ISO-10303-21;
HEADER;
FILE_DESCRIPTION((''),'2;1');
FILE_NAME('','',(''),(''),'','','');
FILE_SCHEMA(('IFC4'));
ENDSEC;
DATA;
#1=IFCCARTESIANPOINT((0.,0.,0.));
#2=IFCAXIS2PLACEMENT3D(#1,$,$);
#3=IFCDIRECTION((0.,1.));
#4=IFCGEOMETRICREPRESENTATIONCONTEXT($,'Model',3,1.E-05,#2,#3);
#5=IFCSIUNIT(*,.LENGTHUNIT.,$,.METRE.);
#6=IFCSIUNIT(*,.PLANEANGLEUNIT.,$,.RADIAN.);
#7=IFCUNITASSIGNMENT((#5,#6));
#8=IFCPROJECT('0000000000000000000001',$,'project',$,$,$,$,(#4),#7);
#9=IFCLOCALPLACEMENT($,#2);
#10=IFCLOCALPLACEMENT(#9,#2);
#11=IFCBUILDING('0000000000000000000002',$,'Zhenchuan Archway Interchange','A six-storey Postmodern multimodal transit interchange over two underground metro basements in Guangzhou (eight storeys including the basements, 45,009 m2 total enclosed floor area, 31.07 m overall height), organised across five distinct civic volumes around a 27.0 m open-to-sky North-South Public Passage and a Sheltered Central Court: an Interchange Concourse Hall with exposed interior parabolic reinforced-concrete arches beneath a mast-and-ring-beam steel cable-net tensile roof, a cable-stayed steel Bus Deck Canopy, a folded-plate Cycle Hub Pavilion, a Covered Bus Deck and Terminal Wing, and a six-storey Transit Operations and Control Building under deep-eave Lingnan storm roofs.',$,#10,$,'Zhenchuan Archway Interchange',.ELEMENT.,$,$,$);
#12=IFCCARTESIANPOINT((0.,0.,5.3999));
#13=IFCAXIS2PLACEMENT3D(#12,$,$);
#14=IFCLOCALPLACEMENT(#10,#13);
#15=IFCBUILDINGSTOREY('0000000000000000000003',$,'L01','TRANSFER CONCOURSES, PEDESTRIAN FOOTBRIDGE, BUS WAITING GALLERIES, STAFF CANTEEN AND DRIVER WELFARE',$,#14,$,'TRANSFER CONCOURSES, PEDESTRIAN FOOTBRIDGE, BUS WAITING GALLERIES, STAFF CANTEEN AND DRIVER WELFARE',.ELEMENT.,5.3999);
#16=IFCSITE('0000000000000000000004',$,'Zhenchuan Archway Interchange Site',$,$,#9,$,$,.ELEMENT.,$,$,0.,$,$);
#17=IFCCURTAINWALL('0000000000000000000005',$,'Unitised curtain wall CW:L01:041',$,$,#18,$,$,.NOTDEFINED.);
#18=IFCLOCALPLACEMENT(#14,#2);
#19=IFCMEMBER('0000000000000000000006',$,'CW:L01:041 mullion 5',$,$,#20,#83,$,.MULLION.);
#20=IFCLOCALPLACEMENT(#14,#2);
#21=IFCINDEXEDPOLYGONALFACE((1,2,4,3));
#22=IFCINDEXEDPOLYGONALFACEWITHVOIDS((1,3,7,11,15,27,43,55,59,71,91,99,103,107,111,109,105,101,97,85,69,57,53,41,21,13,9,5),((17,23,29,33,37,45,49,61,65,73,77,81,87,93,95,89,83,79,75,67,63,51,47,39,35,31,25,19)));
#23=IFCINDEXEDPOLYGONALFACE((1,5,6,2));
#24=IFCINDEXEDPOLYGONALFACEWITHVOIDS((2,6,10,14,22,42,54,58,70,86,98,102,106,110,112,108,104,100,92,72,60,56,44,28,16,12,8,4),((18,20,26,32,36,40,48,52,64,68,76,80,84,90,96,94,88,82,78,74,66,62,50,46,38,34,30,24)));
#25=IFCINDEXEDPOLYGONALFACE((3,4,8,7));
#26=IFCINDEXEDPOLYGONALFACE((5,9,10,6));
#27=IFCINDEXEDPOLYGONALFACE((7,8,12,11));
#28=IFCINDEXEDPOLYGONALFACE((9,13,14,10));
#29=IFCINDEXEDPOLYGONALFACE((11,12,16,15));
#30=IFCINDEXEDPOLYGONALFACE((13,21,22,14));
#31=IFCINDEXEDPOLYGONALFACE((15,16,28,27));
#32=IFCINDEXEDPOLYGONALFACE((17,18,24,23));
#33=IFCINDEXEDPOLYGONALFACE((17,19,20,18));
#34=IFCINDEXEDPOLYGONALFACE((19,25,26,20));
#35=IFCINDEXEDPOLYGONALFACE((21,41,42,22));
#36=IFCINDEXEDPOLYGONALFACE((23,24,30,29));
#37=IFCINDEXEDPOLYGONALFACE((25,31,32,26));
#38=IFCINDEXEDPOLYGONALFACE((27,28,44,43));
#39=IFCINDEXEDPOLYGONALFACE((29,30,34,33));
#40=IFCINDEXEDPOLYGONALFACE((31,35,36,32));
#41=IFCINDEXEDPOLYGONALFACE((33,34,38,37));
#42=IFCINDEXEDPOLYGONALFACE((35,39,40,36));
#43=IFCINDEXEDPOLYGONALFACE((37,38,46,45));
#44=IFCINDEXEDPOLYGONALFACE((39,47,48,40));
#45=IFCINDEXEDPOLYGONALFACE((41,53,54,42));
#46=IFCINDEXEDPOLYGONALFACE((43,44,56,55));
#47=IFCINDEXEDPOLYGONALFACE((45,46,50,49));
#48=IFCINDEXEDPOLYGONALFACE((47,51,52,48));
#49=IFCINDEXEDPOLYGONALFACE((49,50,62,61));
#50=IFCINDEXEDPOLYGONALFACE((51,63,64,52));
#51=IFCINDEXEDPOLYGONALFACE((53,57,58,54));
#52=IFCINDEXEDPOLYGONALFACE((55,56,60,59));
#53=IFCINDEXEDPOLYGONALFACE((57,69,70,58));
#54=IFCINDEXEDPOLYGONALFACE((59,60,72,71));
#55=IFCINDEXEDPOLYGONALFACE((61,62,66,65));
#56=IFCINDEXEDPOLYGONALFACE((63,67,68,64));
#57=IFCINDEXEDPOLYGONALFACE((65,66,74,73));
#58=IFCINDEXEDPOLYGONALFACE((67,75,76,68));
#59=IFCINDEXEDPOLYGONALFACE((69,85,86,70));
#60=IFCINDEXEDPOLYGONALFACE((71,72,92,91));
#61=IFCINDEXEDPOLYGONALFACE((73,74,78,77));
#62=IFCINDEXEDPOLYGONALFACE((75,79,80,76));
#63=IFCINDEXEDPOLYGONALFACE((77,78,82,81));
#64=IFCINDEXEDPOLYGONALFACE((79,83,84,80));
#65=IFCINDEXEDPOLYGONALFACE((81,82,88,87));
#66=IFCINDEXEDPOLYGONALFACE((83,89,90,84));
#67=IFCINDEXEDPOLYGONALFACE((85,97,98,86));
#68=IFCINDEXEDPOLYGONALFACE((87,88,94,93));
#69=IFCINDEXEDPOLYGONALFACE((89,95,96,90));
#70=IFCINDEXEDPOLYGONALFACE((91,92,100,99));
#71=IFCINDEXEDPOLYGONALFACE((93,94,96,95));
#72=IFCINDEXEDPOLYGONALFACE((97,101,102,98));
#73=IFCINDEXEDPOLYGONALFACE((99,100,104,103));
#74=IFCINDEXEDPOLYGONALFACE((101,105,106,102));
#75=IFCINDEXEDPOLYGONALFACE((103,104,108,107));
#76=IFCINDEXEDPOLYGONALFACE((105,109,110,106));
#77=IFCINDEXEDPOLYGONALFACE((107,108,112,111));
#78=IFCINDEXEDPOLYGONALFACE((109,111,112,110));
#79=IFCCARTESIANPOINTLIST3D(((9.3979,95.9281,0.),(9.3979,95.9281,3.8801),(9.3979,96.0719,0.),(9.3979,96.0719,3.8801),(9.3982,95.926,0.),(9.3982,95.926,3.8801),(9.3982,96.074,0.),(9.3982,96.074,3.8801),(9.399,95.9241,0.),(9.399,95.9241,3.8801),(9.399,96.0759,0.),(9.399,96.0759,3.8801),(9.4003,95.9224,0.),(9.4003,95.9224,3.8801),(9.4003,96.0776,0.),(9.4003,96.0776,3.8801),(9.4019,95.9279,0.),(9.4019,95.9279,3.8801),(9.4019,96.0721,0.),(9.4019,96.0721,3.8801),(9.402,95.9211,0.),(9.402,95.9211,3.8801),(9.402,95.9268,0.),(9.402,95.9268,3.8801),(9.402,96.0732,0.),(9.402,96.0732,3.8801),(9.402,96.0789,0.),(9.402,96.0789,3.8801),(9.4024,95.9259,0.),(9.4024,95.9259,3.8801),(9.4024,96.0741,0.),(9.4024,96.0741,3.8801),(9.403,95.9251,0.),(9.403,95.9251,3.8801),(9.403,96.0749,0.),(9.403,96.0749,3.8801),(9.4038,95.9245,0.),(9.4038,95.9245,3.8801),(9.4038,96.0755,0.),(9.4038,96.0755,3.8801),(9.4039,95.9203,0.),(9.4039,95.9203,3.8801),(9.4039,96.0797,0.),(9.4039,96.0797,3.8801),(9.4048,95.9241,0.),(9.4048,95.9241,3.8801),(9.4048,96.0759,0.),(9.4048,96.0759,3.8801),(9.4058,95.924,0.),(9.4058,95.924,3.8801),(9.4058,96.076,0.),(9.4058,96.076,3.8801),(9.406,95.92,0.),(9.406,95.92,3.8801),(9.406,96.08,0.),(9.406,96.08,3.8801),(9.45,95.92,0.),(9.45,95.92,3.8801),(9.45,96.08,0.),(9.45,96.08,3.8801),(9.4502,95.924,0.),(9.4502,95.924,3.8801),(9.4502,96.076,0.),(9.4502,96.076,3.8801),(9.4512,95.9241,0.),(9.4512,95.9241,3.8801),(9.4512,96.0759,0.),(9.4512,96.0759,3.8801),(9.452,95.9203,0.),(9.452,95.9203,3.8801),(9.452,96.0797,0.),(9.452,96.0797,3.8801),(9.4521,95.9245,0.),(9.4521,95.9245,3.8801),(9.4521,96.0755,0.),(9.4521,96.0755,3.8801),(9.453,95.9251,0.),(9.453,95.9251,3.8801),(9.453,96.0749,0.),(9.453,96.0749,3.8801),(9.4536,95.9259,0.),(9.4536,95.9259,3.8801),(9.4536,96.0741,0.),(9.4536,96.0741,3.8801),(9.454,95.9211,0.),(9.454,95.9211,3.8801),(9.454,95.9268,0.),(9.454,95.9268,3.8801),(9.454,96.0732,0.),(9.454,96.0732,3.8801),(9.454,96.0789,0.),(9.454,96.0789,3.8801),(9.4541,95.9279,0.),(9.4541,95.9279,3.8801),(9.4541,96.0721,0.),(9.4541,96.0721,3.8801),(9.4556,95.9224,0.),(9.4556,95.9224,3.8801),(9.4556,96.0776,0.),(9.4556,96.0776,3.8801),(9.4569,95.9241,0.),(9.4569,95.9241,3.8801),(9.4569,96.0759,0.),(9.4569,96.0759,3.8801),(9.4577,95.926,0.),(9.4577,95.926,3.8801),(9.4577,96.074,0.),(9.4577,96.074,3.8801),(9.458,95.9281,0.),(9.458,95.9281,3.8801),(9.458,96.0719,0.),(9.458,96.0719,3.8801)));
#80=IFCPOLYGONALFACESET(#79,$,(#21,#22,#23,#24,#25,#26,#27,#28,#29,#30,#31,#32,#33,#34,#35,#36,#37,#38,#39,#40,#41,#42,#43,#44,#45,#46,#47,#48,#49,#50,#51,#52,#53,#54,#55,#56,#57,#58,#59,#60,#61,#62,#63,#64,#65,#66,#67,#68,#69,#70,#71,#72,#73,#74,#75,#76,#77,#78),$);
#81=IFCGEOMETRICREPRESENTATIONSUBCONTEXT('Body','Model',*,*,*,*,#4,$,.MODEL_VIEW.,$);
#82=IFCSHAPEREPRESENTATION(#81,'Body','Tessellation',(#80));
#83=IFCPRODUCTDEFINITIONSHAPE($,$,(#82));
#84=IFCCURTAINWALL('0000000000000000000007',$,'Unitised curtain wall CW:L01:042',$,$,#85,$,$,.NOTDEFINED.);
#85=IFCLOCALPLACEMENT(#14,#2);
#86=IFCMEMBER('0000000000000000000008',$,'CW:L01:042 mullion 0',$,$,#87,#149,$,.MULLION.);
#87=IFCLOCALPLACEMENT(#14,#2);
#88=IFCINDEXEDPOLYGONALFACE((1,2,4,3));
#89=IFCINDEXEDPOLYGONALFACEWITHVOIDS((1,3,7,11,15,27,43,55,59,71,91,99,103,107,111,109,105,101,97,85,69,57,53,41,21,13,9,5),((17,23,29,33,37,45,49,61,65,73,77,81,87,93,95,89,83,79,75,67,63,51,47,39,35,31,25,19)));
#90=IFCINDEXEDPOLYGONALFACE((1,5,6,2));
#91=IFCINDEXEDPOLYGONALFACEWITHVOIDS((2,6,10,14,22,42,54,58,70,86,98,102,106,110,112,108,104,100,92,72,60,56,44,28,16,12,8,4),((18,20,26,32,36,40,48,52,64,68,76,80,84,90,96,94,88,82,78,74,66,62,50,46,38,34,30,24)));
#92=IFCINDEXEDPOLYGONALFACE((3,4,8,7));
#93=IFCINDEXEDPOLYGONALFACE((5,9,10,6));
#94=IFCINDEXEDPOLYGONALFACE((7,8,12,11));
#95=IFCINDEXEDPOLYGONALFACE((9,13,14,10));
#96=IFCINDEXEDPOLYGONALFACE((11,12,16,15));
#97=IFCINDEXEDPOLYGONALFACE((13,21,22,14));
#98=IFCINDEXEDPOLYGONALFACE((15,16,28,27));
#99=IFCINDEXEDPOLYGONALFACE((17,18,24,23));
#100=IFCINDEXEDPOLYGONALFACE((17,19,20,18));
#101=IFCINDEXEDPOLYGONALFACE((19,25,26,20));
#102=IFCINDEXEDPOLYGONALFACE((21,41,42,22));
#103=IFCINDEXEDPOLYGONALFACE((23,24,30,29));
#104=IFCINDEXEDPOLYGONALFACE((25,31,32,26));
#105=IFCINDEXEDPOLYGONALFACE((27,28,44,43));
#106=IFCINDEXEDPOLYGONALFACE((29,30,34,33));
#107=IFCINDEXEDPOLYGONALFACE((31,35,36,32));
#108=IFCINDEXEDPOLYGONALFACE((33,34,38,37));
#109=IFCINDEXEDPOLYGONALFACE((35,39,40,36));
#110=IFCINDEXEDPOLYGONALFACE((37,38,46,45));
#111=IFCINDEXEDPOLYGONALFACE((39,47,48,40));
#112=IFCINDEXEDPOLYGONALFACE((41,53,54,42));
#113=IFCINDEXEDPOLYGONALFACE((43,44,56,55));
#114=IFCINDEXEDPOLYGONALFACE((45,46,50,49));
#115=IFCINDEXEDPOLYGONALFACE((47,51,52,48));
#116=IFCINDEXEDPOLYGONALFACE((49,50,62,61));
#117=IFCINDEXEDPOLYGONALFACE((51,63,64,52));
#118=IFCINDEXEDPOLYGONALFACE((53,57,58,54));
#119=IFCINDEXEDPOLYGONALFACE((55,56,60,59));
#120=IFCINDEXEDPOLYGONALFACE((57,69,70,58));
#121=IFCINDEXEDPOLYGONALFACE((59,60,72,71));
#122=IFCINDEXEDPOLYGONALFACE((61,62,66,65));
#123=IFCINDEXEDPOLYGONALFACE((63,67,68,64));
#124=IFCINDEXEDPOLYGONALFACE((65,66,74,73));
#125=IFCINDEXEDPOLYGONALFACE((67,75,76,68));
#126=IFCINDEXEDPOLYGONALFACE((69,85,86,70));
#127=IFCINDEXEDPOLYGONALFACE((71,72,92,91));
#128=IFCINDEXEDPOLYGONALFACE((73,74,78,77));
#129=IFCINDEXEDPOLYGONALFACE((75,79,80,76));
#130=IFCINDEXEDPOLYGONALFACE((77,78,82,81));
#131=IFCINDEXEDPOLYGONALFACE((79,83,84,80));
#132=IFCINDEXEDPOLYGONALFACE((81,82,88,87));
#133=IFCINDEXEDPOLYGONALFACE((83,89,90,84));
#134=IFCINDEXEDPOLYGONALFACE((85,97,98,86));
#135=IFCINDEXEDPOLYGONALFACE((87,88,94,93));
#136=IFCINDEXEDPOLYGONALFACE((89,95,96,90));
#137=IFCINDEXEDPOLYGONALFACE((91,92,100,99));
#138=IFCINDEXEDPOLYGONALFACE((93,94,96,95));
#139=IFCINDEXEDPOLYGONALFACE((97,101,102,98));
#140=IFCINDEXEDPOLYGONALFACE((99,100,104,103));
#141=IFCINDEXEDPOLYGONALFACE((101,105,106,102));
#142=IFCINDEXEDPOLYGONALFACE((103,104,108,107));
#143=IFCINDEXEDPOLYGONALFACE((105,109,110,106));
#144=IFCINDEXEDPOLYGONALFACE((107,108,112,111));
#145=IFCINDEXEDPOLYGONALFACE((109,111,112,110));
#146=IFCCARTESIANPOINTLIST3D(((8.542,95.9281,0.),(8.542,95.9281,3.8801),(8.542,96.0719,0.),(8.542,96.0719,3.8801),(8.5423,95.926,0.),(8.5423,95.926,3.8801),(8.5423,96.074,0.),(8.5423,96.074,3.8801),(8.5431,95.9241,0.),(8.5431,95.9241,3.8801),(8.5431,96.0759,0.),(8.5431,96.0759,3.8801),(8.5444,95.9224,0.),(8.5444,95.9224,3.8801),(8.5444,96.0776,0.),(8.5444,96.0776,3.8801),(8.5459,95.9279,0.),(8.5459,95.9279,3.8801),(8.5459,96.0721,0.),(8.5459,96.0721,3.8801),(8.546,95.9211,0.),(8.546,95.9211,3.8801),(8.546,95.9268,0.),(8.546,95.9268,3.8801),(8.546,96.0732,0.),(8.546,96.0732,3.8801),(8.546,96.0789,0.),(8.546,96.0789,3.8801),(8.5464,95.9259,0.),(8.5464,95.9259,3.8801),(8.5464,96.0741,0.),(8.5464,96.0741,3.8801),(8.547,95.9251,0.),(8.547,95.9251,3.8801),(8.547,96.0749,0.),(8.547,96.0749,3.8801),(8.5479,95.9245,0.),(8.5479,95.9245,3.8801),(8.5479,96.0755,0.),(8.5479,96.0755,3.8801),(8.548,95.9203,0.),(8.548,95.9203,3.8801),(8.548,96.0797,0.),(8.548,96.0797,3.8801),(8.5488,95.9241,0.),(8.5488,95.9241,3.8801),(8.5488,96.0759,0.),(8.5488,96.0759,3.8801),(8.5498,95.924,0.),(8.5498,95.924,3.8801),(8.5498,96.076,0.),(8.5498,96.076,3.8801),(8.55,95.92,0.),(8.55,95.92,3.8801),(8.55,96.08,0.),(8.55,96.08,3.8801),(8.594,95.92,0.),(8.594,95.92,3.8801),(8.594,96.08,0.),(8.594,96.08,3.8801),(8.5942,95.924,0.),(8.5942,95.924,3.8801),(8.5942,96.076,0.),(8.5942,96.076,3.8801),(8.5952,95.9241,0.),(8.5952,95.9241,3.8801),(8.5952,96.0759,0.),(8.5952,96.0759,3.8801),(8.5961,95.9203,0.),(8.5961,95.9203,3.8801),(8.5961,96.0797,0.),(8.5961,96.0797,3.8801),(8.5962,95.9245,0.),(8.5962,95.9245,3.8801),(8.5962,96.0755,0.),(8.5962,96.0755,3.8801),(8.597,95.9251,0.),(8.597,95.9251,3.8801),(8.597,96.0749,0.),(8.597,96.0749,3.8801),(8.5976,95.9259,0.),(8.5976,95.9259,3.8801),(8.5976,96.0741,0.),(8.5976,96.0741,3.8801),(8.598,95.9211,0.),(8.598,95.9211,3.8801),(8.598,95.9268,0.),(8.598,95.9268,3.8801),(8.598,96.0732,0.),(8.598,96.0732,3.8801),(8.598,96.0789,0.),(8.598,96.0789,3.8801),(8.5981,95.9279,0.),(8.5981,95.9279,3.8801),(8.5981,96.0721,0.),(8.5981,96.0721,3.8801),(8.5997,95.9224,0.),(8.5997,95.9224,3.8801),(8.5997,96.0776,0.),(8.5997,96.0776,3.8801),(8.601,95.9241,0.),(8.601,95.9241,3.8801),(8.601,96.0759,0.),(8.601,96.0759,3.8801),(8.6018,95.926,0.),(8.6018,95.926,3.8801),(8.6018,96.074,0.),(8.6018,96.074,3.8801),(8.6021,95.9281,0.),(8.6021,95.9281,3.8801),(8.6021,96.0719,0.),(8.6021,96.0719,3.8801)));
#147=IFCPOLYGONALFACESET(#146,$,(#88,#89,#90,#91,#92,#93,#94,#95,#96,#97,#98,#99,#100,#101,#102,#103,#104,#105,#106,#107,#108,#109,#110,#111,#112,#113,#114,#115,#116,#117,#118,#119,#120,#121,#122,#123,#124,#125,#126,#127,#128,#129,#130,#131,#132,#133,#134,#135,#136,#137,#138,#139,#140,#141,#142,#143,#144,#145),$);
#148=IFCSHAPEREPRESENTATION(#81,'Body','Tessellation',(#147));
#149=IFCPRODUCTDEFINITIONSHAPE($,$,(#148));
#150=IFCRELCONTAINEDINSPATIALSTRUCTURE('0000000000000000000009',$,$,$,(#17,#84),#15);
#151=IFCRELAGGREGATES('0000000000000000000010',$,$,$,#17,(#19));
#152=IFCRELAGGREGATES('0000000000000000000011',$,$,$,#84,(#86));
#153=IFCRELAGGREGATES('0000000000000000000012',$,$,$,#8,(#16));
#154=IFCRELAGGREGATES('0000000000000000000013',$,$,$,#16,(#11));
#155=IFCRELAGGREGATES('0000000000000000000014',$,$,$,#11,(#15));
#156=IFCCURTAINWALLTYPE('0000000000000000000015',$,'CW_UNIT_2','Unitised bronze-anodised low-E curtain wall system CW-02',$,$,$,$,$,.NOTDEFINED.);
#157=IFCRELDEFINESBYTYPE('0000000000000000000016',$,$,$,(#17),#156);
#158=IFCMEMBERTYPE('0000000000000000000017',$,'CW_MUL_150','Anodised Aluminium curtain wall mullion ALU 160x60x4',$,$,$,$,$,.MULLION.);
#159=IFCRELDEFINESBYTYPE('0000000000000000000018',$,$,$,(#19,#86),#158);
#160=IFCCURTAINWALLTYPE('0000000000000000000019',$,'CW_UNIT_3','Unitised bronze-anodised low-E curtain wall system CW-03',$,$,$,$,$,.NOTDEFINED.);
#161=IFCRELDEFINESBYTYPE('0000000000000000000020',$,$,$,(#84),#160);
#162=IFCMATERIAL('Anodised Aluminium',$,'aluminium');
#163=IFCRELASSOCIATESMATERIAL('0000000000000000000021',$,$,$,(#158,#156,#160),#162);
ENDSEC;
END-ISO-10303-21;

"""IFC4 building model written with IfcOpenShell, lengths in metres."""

from ifc_helpers import new_model, si_unit, direction, frame, origin, origin_2d, place, context, subcontext, project, spatial, hollow_rectangle, extrude, material, material_profile, profile_set, type_object, element, aggregate, save


model = new_model("IFC4")

# Units and contexts
model_context = context("Model", 3, precision=1e-05, world=origin(), true_north=direction((0.0, 1.0)))
body_context = subcontext(model_context, "Body", "Model", "MODEL_VIEW")
ifc_project = project(units=[si_unit("LENGTHUNIT", "METRE"), si_unit("PLANEANGLEUNIT", "RADIAN")], contexts=[model_context])

# Site, building, storey
site_placement = place(None, origin())
site = spatial("IfcSite", under=ifc_project, at=site_placement, Name="Zhenchuan Archway Interchange Site", CompositionType="ELEMENT", RefElevation=0.0)
building_placement = place(site_placement, origin())
building = spatial("IfcBuilding", under=site, at=building_placement, Name="Zhenchuan Archway Interchange", Description="A six-storey Postmodern multimodal transit interchange over two underground metro basements in Guangzhou (eight storeys including the basements, 45,009 m2 total enclosed floor area, 31.07 m overall height), organised across five distinct civic volumes around a 27.0 m open-to-sky North-South Public Passage and a Sheltered Central Court: an Interchange Concourse Hall with exposed interior parabolic reinforced-concrete arches beneath a mast-and-ring-beam steel cable-net tensile roof, a cable-stayed steel Bus Deck Canopy, a folded-plate Cycle Hub Pavilion, a Covered Bus Deck and Terminal Wing, and a six-storey Transit Operations and Control Building under deep-eave Lingnan storm roofs.", LongName="Zhenchuan Archway Interchange", CompositionType="ELEMENT")
storey_placement = place(building_placement, frame((0.0, 0.0, 5.3999)))
storey = spatial("IfcBuildingStorey", under=building, at=storey_placement, Name="L01", Description="TRANSFER CONCOURSES, PEDESTRIAN FOOTBRIDGE, BUS WAITING GALLERIES, STAFF CANTEEN AND DRIVER WELFARE", LongName="TRANSFER CONCOURSES, PEDESTRIAN FOOTBRIDGE, BUS WAITING GALLERIES, STAFF CANTEEN AND DRIVER WELFARE", CompositionType="ELEMENT", Elevation=5.3999)

# Shared definitions
ifc_material_1 = material(Name="Anodised Aluminium", Category="aluminium")
ifc_material_profile_1 = material_profile(ifc_material_1, hollow_rectangle(XDim=0.0601, YDim=0.1599, WallThickness=0.0039, InnerFilletRadius=0.0039, OuterFilletRadius=0.0081, at=origin_2d()), Name="ALU 160x60x4")
ifc_profile_set_1 = profile_set([ifc_material_profile_1], Name="Anodised Aluminium")
member_type_1 = type_object("IfcMemberType", Name="CW_MUL_150", Description="Anodised Aluminium curtain wall mullion ALU 160x60x4", PredefinedType="MULLION", material=ifc_profile_set_1)

# Curtain walls, members
curtain_wall_type_1 = type_object("IfcCurtainWallType", Name="CW_UNIT_2", Description="Unitised bronze-anodised low-E curtain wall system CW-02", PredefinedType="NOTDEFINED", material=ifc_material_1)
curtain_wall_1_placement = place(storey_placement, origin())
curtain_wall_1 = element("IfcCurtainWall", 1, at=curtain_wall_1_placement, inside=storey, type_object=curtain_wall_type_1, Name="Unitised curtain wall CW:L01:041", PredefinedType="NOTDEFINED")
member_1_placement = place(storey_placement, frame((9.428, 96.0, 0.0), z_axis=(0.0, 0.0, 1.0), x_axis=(1.0, 0.0, 0.0)))
member_1 = element("IfcMember", 2, at=member_1_placement, type_object=member_type_1, Name="CW:L01:041 mullion 5", PredefinedType="MULLION", context=body_context, shape_type="SweptSolid", body=[
    extrude(hollow_rectangle(XDim=0.0601, YDim=0.1599, WallThickness=0.0039, InnerFilletRadius=0.0039, OuterFilletRadius=0.0081, at=origin_2d()), origin(), (0.0, 0.0, 1.0), 3.8801),
])
curtain_wall_type_2 = type_object("IfcCurtainWallType", Name="CW_UNIT_3", Description="Unitised bronze-anodised low-E curtain wall system CW-03", PredefinedType="NOTDEFINED", material=ifc_material_1)
curtain_wall_2_placement = place(storey_placement, origin())
curtain_wall_2 = element("IfcCurtainWall", 3, at=curtain_wall_2_placement, inside=storey, type_object=curtain_wall_type_2, Name="Unitised curtain wall CW:L01:042", PredefinedType="NOTDEFINED")
member_2_placement = place(storey_placement, frame((8.572, 96.0, 0.0), z_axis=(0.0, 0.0, 1.0), x_axis=(1.0, 0.0, 0.0)))
member_2 = element("IfcMember", 4, at=member_2_placement, type_object=member_type_1, Name="CW:L01:042 mullion 0", PredefinedType="MULLION", context=body_context, shape_type="SweptSolid", body=[
    extrude(hollow_rectangle(XDim=0.0601, YDim=0.1599, WallThickness=0.0039, InnerFilletRadius=0.0039, OuterFilletRadius=0.0081, at=origin_2d()), origin(), (0.0, 0.0, 1.0), 3.8801),
])

aggregate(curtain_wall_1, [member_1])
aggregate(curtain_wall_2, [member_2])

save(model, "model.ifc")
